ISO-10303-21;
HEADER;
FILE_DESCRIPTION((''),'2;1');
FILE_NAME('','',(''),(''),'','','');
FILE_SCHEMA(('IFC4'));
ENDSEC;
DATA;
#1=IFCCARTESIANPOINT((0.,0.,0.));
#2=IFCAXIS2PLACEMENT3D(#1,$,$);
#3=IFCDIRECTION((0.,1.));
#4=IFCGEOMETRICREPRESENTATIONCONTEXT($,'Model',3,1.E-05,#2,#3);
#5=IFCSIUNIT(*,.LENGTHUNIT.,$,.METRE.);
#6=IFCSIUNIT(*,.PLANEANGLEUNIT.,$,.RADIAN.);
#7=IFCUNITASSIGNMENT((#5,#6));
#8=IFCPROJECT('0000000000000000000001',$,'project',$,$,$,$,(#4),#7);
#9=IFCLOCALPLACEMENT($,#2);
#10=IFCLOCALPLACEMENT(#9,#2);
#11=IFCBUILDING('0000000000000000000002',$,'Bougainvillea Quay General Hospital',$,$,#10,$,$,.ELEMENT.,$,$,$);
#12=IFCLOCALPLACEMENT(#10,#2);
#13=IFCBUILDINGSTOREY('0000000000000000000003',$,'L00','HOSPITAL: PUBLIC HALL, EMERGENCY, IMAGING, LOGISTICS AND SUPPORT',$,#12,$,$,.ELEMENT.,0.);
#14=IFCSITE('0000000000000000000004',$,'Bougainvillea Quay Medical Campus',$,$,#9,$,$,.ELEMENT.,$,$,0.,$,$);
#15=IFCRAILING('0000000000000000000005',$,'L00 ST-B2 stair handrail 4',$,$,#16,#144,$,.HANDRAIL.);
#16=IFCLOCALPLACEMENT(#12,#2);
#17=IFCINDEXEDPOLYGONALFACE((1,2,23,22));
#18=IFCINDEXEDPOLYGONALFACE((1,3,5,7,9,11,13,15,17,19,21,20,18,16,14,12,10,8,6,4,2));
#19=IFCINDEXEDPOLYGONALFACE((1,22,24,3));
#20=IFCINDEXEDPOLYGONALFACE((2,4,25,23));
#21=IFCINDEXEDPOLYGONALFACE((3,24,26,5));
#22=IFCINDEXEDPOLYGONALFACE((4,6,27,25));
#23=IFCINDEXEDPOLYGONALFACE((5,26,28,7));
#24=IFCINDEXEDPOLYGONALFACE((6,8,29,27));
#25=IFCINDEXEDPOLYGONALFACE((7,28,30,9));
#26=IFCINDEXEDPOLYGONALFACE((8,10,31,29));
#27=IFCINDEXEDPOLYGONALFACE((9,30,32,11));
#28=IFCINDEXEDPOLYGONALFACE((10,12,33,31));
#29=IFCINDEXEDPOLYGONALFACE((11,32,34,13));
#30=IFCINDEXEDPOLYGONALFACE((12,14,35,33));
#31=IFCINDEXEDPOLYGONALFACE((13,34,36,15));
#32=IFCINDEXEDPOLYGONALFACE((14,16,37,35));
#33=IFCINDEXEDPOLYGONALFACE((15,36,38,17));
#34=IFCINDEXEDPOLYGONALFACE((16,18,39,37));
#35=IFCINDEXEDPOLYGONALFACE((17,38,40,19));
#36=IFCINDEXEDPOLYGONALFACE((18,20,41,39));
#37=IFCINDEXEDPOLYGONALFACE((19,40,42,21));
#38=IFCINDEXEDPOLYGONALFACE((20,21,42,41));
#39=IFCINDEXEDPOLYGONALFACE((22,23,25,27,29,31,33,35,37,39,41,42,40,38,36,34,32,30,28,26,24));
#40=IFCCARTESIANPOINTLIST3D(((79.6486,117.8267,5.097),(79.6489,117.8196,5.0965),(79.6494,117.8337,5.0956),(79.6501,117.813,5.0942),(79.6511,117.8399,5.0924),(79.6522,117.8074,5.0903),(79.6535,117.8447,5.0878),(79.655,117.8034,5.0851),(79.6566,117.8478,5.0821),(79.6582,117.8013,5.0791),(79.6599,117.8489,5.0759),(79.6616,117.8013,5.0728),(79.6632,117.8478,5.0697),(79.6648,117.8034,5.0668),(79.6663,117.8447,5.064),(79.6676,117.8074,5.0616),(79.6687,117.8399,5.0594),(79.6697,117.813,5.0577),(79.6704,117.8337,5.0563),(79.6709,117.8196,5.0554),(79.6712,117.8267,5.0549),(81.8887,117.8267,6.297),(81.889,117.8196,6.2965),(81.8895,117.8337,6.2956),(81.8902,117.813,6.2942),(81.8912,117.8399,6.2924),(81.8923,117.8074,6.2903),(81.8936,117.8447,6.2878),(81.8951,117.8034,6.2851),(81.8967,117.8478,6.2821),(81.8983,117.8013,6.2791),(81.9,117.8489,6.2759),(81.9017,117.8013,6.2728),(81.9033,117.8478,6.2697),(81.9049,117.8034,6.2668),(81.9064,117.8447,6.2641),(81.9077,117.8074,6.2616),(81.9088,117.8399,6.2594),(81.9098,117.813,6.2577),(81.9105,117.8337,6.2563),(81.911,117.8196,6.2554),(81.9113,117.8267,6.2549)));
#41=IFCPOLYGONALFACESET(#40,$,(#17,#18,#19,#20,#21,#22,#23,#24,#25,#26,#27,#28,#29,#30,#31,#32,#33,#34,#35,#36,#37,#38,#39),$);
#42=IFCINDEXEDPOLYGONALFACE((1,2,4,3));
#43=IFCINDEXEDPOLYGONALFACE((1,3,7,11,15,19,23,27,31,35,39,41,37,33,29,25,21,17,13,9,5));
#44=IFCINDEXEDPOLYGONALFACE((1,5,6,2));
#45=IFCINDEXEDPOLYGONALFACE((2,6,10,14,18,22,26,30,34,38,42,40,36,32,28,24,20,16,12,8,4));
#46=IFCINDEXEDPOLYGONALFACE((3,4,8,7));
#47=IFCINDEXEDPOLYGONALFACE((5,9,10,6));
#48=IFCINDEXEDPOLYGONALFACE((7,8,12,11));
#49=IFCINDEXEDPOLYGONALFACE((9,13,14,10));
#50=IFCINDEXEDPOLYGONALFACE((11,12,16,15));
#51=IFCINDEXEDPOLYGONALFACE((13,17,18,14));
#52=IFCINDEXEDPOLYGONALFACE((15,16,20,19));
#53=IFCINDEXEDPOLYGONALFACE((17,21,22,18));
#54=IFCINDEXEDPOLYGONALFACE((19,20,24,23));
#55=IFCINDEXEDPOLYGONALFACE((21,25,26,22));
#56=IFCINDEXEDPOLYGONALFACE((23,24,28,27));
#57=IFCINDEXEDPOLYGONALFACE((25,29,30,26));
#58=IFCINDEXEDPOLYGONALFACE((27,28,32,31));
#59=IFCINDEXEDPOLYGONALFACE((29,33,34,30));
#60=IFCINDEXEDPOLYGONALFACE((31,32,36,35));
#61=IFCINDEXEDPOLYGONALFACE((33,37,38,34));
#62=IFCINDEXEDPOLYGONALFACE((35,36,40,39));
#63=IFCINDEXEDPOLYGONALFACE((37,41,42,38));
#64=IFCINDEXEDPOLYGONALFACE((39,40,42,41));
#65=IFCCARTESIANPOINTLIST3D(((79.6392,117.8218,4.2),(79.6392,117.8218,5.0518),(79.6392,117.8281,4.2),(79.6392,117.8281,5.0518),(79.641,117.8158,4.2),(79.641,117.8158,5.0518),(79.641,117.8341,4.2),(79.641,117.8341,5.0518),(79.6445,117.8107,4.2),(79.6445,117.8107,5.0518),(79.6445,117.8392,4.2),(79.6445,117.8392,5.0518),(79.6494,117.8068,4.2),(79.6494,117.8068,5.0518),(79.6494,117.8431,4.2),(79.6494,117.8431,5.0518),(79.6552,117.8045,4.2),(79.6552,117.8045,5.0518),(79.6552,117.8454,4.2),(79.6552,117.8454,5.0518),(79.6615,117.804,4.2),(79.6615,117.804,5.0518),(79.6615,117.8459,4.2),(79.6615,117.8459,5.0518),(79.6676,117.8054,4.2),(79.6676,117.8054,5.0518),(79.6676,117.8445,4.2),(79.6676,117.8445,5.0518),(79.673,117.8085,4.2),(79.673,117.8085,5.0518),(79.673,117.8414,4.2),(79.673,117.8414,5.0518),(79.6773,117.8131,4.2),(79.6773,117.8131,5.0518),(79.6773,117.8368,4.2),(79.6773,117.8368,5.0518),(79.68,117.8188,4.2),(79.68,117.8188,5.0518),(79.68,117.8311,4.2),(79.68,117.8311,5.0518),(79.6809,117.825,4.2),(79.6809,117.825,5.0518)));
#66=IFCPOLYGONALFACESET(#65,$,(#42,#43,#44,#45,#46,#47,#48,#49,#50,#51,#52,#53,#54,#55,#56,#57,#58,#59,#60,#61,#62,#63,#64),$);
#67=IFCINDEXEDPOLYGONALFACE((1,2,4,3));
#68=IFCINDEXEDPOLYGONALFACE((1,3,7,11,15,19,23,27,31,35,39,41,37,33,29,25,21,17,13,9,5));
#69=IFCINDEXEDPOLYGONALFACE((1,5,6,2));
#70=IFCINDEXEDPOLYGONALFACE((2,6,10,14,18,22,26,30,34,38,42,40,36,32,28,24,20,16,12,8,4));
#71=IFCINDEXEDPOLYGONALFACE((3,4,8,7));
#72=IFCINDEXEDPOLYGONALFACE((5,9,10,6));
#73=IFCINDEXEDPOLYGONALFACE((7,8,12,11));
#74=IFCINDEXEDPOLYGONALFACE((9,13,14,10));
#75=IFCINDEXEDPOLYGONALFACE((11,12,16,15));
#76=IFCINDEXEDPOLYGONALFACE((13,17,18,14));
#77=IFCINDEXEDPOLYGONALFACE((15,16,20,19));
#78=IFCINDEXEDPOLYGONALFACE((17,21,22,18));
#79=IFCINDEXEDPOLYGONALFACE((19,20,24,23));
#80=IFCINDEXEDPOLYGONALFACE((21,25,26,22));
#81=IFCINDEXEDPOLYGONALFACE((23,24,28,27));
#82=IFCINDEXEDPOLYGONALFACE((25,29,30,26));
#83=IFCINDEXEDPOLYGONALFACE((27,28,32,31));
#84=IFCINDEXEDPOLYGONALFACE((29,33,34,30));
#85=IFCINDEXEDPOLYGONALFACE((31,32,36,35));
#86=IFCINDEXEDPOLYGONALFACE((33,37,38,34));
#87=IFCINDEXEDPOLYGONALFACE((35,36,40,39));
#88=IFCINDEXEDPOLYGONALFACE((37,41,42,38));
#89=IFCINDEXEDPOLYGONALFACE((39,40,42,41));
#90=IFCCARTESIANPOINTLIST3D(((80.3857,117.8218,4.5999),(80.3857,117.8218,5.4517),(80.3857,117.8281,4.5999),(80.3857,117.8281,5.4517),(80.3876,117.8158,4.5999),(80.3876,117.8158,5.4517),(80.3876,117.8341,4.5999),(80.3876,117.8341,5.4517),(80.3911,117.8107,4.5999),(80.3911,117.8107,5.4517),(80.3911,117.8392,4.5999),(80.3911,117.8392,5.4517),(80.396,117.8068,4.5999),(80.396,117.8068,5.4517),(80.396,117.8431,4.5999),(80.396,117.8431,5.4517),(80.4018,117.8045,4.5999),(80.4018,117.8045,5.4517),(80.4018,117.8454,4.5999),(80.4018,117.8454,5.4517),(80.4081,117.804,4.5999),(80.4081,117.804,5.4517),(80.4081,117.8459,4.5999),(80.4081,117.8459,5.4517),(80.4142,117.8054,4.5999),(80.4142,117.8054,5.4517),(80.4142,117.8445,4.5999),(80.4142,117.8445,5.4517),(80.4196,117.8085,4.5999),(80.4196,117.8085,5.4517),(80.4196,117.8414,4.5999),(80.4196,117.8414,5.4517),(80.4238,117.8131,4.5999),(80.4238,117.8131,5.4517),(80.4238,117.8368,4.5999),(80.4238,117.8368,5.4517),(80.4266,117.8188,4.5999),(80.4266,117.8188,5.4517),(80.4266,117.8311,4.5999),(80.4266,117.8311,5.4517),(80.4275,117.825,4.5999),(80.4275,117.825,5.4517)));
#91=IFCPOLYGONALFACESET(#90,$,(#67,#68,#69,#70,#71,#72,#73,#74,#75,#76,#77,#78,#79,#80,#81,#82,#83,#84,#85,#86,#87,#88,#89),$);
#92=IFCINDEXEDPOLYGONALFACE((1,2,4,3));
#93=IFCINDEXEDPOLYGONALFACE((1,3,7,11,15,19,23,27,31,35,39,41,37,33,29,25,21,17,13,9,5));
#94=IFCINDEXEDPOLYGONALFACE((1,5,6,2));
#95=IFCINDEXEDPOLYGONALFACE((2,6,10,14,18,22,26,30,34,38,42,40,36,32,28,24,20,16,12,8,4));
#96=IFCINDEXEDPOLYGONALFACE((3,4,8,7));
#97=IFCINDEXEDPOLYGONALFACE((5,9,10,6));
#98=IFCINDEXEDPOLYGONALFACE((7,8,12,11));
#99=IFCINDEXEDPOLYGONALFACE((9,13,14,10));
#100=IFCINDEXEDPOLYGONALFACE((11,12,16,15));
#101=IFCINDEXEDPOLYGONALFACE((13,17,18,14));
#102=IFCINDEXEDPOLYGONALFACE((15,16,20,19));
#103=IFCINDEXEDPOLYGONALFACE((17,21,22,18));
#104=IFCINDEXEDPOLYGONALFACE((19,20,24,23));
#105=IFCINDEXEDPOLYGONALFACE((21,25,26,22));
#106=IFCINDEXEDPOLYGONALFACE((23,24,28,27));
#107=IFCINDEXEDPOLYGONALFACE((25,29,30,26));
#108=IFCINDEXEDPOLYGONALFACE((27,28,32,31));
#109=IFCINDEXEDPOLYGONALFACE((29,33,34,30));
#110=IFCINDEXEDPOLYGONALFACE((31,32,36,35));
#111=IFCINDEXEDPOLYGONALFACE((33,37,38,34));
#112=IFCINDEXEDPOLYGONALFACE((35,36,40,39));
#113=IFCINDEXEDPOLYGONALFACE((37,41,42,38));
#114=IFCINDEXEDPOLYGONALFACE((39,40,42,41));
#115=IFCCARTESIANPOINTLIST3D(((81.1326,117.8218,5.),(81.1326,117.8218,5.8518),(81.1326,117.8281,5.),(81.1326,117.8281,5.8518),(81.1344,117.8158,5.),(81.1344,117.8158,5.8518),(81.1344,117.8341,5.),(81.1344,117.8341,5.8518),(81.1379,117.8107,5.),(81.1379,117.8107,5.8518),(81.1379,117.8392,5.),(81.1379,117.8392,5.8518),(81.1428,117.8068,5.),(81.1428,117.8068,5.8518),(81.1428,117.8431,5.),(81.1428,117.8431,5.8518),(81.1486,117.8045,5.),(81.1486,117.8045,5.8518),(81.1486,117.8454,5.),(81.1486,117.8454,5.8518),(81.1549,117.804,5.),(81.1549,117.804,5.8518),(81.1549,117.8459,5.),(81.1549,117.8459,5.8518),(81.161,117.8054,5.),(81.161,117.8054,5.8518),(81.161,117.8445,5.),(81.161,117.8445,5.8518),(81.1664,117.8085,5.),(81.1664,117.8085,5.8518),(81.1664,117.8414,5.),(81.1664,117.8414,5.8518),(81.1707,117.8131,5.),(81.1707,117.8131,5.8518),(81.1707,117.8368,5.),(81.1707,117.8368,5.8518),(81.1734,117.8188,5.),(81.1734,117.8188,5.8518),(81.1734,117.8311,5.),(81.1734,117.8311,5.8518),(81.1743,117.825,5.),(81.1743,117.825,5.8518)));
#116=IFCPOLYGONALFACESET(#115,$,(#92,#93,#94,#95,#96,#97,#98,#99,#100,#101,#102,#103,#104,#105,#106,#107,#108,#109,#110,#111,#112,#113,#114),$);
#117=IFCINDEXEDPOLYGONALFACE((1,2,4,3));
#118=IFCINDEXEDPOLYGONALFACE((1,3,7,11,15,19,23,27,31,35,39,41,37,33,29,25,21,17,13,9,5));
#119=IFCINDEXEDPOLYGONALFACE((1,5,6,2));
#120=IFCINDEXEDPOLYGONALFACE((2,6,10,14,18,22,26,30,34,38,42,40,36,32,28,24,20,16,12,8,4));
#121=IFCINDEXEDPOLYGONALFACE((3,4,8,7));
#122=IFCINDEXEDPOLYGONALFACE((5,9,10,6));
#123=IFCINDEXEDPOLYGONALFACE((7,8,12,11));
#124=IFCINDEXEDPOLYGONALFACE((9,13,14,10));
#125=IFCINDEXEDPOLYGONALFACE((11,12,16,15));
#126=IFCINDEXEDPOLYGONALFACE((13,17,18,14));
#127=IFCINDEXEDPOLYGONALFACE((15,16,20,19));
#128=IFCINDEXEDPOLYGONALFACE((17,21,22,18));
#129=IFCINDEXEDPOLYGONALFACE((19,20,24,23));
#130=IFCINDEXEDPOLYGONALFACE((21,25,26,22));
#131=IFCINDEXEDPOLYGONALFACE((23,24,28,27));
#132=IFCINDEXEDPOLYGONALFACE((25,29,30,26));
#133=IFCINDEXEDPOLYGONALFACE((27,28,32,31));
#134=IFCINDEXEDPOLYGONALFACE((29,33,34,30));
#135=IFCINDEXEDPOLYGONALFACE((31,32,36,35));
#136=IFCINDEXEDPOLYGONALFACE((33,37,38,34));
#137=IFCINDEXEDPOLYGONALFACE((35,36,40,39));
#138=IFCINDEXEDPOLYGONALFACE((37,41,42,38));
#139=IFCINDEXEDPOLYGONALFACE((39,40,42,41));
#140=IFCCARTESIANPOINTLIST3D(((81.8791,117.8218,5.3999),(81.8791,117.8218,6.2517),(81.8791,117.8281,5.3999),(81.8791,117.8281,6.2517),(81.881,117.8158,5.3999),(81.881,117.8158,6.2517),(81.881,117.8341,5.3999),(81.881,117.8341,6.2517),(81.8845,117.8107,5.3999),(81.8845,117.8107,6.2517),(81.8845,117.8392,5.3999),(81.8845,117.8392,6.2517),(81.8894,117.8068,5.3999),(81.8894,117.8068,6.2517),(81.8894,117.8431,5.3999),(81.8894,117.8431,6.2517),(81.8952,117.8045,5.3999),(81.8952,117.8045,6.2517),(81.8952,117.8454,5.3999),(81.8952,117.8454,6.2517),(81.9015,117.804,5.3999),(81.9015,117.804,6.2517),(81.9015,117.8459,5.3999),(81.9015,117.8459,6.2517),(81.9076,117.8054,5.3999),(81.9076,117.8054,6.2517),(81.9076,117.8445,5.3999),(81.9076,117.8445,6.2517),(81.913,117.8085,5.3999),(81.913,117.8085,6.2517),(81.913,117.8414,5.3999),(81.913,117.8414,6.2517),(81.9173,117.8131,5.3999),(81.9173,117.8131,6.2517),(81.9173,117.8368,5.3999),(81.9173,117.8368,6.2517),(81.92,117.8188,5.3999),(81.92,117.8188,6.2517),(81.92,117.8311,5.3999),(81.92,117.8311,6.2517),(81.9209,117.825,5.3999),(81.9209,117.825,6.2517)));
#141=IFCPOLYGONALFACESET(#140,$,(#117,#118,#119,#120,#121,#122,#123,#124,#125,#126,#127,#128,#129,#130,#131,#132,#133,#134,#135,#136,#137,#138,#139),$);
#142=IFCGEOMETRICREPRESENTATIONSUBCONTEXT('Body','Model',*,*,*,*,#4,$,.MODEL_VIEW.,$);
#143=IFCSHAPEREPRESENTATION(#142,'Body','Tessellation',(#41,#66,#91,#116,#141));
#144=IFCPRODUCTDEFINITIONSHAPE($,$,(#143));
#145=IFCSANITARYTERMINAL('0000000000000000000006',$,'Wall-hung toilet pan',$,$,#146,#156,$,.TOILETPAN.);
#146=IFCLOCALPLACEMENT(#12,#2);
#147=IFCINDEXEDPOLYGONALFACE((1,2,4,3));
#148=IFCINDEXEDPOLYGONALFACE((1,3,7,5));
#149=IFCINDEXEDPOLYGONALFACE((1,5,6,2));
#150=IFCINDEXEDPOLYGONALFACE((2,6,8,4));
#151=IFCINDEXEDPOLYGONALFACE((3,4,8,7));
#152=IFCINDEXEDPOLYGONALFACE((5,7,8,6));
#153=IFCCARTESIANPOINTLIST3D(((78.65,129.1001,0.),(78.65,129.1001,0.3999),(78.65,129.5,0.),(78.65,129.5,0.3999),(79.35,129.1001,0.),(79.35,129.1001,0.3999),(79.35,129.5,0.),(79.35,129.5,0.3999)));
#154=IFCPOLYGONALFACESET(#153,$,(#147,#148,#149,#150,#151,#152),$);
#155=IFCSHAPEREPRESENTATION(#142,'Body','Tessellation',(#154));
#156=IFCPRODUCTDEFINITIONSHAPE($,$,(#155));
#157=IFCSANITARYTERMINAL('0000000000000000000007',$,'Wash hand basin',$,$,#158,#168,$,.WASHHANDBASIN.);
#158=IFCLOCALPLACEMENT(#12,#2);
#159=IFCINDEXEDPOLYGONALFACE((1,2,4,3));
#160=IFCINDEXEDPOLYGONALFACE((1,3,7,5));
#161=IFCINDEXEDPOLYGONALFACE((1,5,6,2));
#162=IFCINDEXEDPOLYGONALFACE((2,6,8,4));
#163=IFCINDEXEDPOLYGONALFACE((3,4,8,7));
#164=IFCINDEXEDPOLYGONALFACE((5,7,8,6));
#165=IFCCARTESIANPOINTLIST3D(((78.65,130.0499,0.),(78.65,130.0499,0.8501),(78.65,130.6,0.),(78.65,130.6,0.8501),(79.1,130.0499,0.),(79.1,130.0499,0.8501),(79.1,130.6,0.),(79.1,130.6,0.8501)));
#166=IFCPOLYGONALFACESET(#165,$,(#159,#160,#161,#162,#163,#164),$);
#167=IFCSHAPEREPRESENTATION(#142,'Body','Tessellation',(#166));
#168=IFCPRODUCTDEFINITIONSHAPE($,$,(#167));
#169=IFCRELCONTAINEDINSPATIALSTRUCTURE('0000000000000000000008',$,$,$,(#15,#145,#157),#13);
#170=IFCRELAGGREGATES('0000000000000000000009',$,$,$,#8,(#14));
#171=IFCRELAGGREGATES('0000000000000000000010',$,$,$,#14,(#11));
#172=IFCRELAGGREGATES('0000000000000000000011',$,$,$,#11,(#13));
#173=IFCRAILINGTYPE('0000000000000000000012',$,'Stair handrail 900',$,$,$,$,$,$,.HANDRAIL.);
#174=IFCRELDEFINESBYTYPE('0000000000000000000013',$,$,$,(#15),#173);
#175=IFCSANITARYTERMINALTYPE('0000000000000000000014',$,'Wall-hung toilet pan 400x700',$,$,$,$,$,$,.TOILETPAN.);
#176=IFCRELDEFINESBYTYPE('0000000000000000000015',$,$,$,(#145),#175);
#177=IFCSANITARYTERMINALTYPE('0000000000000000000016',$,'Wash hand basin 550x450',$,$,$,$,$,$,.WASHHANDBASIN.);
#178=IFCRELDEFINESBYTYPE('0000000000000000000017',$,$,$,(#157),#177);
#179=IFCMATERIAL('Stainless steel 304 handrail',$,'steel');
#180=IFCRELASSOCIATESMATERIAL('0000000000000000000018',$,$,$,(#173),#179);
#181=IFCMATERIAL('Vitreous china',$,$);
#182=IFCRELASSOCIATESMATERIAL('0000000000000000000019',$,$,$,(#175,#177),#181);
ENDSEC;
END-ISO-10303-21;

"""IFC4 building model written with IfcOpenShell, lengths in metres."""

from ifc_helpers import new_model, si_unit, direction, frame, origin, origin_2d, place, context, subcontext, project, spatial, rectangle, circle, extrude, material, type_object, element, save


model = new_model("IFC4")

# Units and contexts
model_context = context("Model", 3, precision=1e-05, world=origin(), true_north=direction((0.0, 1.0)))
body_context = subcontext(model_context, "Body", "Model", "MODEL_VIEW")
ifc_project = project(units=[si_unit("LENGTHUNIT", "METRE"), si_unit("PLANEANGLEUNIT", "RADIAN")], contexts=[model_context])

# Site, building, storey
site_placement = place(None, origin())
site = spatial("IfcSite", under=ifc_project, at=site_placement, Name="Bougainvillea Quay Medical Campus", CompositionType="ELEMENT", RefElevation=0.0)
building_placement = place(site_placement, origin())
building = spatial("IfcBuilding", under=site, at=building_placement, Name="Bougainvillea Quay General Hospital", CompositionType="ELEMENT")
storey_placement = place(building_placement, origin())
storey = spatial("IfcBuildingStorey", under=building, at=storey_placement, Name="L00", Description="HOSPITAL: PUBLIC HALL, EMERGENCY, IMAGING, LOGISTICS AND SUPPORT", CompositionType="ELEMENT", Elevation=0.0)

# Railing
ifc_material_1 = material(Name="Stainless steel 304 handrail", Category="steel")
railing_type_1 = type_object("IfcRailingType", Name="Stair handrail 900", PredefinedType="HANDRAIL", material=ifc_material_1)
railing_1_placement = place(storey_placement, frame((79.6599, 117.825, 4.2)))
element("IfcRailing", 1, at=railing_1_placement, inside=storey, type_object=railing_type_1, Name="L00 ST-B2 stair handrail 4", PredefinedType="HANDRAIL", context=body_context, shape_type="SweptSolid", body=[
    extrude(circle(Radius=0.0239, at=origin_2d()), frame((0.0, 0.0, 0.876), z_axis=(0.881487, 0.0, 0.472208), x_axis=(0.0, 1.0, 0.0)), (0.0, 0.0, 1.0), 2.5413),
    extrude(circle(Radius=0.021, at=origin_2d()), origin(), (0.0, 0.0, 1.0), 0.8518),
    extrude(circle(Radius=0.021, at=origin_2d()), frame((0.7466, 0.0, 0.3999)), (0.0, 0.0, 1.0), 0.8518),
    extrude(circle(Radius=0.021, at=origin_2d()), frame((1.4934, 0.0, 0.8)), (0.0, 0.0, 1.0), 0.8518),
    extrude(circle(Radius=0.021, at=origin_2d()), frame((2.24, 0.0, 1.2)), (0.0, 0.0, 1.0), 0.8518),
])

# Sanitary terminals
ifc_material_2 = material(Name="Vitreous china")
sanitary_terminal_type_1 = type_object("IfcSanitaryTerminalType", Name="Wall-hung toilet pan 400x700", PredefinedType="TOILETPAN", material=ifc_material_2)
sanitary_terminal_1_placement = place(storey_placement, frame((79.0, 129.3, 0.0), z_axis=(0.0, 0.0, 1.0), x_axis=(0.0, 1.0, 0.0)))
element("IfcSanitaryTerminal", 2, at=sanitary_terminal_1_placement, inside=storey, type_object=sanitary_terminal_type_1, Name="Wall-hung toilet pan", PredefinedType="TOILETPAN", context=body_context, shape_type="SweptSolid", body=[
    extrude(rectangle(XDim=0.3999, YDim=0.7, at=origin_2d()), origin(), (0.0, 0.0, 1.0), 0.3999),
])
sanitary_terminal_type_2 = type_object("IfcSanitaryTerminalType", Name="Wash hand basin 550x450", PredefinedType="WASHHANDBASIN", material=ifc_material_2)
sanitary_terminal_2_placement = place(storey_placement, frame((78.875, 130.325, 0.0), z_axis=(0.0, 0.0, 1.0), x_axis=(0.0, 1.0, 0.0)))
element("IfcSanitaryTerminal", 3, at=sanitary_terminal_2_placement, inside=storey, type_object=sanitary_terminal_type_2, Name="Wash hand basin", PredefinedType="WASHHANDBASIN", context=body_context, shape_type="SweptSolid", body=[
    extrude(rectangle(XDim=0.55, YDim=0.45, at=origin_2d()), origin(), (0.0, 0.0, 1.0), 0.8501),
])

save(model, "model.ifc")
